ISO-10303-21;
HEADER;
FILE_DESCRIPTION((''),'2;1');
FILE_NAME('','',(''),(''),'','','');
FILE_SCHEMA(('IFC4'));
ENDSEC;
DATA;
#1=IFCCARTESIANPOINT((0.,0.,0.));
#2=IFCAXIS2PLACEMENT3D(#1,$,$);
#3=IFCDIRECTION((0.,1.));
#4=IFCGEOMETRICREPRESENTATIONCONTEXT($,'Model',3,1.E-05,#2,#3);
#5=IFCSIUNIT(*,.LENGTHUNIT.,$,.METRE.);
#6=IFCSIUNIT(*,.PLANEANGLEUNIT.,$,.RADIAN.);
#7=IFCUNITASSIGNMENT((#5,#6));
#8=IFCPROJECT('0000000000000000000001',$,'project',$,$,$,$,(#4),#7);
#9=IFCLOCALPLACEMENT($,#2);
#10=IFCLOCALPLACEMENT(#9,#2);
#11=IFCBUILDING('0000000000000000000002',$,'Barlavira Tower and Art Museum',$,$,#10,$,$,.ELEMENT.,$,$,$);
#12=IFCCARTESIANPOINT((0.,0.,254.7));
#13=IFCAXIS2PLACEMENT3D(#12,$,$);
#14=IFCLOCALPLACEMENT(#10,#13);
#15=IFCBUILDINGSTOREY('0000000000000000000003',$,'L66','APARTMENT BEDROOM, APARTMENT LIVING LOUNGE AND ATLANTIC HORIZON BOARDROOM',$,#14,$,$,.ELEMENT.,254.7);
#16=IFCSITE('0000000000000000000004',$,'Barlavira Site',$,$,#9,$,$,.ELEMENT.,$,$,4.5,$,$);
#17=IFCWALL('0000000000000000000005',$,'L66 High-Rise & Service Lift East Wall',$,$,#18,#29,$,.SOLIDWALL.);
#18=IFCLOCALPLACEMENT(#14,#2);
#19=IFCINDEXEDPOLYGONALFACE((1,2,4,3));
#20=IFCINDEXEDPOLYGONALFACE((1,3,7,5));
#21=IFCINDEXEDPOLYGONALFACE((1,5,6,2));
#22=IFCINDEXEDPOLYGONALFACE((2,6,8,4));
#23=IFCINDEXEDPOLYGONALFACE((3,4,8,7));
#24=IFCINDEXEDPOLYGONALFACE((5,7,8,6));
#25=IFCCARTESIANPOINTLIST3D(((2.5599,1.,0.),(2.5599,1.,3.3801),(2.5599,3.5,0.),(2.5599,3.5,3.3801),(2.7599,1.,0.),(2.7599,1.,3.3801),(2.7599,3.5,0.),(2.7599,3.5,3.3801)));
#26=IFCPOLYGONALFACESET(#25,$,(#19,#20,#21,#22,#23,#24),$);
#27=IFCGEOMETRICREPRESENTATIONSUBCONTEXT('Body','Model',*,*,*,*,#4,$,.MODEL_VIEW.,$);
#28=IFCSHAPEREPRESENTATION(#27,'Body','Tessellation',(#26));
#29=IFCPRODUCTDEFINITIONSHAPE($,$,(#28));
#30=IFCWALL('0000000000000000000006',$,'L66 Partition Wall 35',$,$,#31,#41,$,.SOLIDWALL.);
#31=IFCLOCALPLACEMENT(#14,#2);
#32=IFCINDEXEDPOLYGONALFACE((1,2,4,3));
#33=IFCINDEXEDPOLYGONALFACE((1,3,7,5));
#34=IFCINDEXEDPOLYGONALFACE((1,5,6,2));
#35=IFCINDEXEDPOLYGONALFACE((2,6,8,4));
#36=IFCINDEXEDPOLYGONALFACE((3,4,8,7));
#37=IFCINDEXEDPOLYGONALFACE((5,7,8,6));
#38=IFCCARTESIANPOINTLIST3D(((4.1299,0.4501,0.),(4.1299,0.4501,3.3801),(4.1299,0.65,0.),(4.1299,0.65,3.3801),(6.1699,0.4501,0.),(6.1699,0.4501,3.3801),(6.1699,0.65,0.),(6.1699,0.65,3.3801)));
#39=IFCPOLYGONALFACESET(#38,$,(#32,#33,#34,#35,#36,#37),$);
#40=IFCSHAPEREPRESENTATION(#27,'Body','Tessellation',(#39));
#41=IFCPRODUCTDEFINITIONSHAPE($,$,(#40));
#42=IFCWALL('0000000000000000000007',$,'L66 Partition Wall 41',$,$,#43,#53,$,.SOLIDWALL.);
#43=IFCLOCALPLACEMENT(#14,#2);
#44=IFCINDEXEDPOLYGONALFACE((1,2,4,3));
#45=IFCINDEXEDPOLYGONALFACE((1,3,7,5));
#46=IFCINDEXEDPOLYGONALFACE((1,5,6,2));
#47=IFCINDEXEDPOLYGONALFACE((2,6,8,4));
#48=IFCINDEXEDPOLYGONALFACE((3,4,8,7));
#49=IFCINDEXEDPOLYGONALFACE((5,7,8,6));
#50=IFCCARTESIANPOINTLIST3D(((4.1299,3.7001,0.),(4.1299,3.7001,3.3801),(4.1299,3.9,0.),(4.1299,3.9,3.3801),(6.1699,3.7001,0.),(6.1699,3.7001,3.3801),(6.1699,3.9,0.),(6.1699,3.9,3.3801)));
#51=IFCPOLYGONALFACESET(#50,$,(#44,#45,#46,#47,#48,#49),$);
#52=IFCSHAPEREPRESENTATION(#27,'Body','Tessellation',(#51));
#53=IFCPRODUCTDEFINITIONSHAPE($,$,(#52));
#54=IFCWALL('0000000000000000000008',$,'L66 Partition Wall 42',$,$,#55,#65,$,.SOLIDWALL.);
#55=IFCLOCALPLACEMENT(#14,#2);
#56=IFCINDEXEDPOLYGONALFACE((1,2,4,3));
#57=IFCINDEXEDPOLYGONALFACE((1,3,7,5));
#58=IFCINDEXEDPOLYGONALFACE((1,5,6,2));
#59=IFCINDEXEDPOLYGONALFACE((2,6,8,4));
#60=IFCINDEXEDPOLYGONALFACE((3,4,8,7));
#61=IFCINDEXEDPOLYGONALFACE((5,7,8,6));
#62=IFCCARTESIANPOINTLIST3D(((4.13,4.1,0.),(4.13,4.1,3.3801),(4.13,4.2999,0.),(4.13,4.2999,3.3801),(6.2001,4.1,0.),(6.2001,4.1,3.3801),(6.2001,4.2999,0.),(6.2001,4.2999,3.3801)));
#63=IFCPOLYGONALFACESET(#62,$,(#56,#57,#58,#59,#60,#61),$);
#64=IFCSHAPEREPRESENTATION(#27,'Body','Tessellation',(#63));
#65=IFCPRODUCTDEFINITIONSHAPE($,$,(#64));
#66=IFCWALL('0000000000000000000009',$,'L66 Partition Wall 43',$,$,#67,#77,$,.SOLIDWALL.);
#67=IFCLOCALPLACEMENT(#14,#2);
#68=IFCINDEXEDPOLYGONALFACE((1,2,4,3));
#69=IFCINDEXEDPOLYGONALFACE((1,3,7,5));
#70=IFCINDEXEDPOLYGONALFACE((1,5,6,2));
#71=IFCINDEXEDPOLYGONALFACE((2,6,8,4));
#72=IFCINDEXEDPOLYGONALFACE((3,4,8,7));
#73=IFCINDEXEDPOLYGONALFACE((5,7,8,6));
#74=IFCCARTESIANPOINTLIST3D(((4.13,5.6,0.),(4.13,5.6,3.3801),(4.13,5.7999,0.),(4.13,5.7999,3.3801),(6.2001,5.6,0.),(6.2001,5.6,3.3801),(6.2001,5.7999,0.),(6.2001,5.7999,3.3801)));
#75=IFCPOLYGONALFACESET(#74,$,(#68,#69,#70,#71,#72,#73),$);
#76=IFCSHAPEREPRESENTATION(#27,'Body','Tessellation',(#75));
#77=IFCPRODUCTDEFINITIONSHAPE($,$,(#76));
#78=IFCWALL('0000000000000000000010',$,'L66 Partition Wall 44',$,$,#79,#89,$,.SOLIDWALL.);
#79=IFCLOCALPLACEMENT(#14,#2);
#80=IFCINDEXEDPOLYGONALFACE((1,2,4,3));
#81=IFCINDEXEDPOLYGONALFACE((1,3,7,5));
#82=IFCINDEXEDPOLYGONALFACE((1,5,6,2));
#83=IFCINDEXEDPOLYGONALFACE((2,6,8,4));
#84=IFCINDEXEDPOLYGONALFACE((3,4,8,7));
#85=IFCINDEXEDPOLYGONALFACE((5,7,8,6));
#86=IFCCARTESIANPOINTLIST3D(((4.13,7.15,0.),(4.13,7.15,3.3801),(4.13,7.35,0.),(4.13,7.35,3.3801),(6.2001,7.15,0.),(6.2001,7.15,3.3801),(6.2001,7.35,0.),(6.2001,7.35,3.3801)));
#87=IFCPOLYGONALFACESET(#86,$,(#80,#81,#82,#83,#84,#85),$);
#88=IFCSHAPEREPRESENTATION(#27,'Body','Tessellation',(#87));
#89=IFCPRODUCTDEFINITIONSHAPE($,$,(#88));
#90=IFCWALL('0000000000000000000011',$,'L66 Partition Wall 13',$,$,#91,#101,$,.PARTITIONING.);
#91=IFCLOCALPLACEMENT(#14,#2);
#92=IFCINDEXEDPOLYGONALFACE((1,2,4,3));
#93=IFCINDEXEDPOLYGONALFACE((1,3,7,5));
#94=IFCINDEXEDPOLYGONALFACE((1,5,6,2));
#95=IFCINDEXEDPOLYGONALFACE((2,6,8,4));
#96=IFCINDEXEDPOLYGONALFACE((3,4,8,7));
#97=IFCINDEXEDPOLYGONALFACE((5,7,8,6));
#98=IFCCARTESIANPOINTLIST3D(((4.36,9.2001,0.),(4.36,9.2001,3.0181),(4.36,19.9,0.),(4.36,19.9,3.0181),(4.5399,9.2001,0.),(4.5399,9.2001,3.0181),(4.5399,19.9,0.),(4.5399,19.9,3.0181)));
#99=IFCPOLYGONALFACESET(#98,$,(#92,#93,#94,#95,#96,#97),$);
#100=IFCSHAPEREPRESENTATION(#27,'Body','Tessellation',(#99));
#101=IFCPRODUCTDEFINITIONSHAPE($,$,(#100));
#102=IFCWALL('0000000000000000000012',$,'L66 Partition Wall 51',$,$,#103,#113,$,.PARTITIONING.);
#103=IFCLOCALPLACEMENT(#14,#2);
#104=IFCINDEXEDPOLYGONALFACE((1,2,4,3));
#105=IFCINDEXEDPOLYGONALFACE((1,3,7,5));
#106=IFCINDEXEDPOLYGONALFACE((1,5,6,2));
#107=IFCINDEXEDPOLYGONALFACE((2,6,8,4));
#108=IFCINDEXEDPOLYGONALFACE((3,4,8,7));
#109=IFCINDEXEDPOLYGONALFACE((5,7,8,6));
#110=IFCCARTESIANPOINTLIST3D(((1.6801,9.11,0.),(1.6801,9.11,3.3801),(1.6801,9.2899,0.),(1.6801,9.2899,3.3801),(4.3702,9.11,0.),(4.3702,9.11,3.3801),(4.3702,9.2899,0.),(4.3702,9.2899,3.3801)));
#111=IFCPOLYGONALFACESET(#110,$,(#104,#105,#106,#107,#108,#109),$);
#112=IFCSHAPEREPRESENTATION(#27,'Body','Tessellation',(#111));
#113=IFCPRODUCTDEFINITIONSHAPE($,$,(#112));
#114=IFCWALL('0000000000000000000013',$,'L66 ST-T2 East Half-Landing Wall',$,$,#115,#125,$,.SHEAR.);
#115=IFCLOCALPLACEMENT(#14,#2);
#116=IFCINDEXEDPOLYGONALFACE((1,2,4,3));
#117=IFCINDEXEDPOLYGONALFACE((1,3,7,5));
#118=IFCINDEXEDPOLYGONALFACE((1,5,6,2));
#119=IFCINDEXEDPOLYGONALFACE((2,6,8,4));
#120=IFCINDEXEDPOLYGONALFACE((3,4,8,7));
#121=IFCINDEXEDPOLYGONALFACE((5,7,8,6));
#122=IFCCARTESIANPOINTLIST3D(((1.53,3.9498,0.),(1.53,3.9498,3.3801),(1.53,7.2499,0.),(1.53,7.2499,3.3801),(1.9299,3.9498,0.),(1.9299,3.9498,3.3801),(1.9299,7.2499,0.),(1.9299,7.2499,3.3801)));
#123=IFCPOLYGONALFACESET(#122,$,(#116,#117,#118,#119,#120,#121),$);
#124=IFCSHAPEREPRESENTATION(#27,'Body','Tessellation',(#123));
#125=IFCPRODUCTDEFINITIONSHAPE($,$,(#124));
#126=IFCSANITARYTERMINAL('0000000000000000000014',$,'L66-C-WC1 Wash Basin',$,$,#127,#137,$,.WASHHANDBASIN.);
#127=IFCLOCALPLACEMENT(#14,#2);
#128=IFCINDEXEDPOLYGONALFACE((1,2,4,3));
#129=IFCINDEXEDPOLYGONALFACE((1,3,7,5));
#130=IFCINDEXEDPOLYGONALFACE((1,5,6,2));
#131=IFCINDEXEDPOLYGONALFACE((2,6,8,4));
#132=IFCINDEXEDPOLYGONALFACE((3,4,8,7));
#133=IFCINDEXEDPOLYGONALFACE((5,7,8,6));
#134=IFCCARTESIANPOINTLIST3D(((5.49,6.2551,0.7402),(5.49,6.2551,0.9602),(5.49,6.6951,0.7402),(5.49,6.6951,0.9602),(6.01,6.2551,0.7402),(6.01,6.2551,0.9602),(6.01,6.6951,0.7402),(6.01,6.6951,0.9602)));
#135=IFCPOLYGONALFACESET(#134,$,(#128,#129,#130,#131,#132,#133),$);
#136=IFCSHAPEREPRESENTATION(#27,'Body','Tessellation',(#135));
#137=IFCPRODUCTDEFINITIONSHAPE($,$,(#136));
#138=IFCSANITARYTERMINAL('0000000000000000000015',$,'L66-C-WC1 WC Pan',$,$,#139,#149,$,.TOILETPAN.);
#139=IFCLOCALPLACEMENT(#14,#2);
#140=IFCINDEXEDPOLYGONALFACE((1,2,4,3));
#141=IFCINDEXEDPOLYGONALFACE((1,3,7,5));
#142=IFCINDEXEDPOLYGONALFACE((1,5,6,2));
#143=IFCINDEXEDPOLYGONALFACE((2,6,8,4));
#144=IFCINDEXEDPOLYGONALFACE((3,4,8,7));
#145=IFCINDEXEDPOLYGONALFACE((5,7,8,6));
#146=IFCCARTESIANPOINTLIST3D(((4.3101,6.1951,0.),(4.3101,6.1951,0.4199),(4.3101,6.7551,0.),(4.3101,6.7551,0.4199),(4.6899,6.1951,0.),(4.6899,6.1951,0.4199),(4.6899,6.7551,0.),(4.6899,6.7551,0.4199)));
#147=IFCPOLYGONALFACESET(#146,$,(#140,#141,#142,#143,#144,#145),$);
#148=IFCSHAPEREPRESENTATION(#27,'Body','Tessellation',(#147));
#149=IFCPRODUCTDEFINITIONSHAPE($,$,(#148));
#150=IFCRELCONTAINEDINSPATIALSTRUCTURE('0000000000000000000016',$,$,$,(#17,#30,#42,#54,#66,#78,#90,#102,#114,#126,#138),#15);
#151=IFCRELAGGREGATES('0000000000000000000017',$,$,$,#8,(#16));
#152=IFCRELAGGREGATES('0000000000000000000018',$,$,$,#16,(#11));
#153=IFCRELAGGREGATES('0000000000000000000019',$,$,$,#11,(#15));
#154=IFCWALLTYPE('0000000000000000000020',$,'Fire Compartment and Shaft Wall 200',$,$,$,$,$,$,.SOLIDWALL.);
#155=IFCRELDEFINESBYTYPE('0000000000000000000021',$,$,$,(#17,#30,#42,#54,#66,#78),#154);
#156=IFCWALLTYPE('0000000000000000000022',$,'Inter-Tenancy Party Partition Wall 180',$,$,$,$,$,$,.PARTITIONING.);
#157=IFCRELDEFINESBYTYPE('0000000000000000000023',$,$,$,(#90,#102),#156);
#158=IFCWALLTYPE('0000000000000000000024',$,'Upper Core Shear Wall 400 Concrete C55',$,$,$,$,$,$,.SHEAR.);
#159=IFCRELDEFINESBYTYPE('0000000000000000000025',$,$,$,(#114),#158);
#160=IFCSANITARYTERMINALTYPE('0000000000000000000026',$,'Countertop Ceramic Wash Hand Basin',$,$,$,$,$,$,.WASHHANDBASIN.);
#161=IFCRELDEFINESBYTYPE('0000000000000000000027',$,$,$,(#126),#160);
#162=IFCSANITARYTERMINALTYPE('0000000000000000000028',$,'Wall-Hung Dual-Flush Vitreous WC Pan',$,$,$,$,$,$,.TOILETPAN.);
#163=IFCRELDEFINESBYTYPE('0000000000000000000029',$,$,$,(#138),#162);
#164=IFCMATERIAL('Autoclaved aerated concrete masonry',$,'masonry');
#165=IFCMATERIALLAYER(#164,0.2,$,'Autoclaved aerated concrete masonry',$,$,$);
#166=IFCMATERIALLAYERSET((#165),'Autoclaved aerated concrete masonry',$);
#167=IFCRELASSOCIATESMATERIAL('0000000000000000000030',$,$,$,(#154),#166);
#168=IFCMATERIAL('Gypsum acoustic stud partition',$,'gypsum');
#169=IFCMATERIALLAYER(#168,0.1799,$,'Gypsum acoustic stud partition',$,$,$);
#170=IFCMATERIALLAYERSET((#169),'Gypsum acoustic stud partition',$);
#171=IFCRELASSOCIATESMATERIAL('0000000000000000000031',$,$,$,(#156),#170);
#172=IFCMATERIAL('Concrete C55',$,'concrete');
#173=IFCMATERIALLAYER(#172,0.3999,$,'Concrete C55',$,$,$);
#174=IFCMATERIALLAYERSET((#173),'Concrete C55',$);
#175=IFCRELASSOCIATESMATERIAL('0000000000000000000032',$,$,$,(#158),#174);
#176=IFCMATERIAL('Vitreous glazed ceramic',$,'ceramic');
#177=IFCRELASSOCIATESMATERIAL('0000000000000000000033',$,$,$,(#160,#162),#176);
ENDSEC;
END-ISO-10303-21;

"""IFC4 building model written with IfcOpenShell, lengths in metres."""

from ifc_helpers import new_model, si_unit, direction, frame, frame_2d, origin, origin_2d, place, context, subcontext, project, spatial, rectangle, extrude, material, layer, layer_set, type_object, element, save


model = new_model("IFC4")

# Units and contexts
model_context = context("Model", 3, precision=1e-05, world=origin(), true_north=direction((0.0, 1.0)))
body_context = subcontext(model_context, "Body", "Model", "MODEL_VIEW")
ifc_project = project(units=[si_unit("LENGTHUNIT", "METRE"), si_unit("PLANEANGLEUNIT", "RADIAN")], contexts=[model_context])

# Site, building, storey
site_placement = place(None, origin())
site = spatial("IfcSite", under=ifc_project, at=site_placement, Name="Barlavira Site", CompositionType="ELEMENT", RefElevation=4.5)
building_placement = place(site_placement, origin())
building = spatial("IfcBuilding", under=site, at=building_placement, Name="Barlavira Tower and Art Museum", CompositionType="ELEMENT")
storey_placement = place(building_placement, frame((0.0, 0.0, 254.7)))
storey = spatial("IfcBuildingStorey", under=building, at=storey_placement, Name="L66", Description="APARTMENT BEDROOM, APARTMENT LIVING LOUNGE AND ATLANTIC HORIZON BOARDROOM", CompositionType="ELEMENT", Elevation=254.7)

# Shared definitions
ifc_material_1 = material(Name="Gypsum acoustic stud partition", Category="gypsum")

# Wall
ifc_material_2 = material(Name="Autoclaved aerated concrete masonry", Category="masonry")
ifc_layer_1 = layer(ifc_material_2, 0.2, Name="Autoclaved aerated concrete masonry")
ifc_layer_set_1 = layer_set([ifc_layer_1], Name="Autoclaved aerated concrete masonry")
wall_type_1 = type_object("IfcWallType", Name="Fire Compartment and Shaft Wall 200", PredefinedType="SOLIDWALL", material=ifc_layer_set_1)
wall_1_placement = place(storey_placement, frame((2.6599, 1.0, 0.0), z_axis=(0.0, 0.0, 1.0), x_axis=(0.0, 1.0, 0.0)))
element("IfcWall", 1, at=wall_1_placement, inside=storey, type_object=wall_type_1, Name="L66 High-Rise & Service Lift East Wall", PredefinedType="SOLIDWALL", context=body_context, shape_type="SweptSolid", body=[
    extrude(rectangle(XDim=2.5, YDim=0.2, at=frame_2d((1.25, 0.0))), origin(), (0.0, 0.0, 1.0), 3.3801),
])

# Walls
for number, where, z_axis, x_axis, name in (
    (2, (4.1299, 0.55, 0.0), (0.0, 0.0, 1.0), (1.0, 0.0, 0.0), "L66 Partition Wall 35"),
    (3, (4.1299, 3.8, 0.0), (0.0, 0.0, 1.0), (1.0, 0.0, 0.0), "L66 Partition Wall 41"),
):
    element("IfcWall", number, at=place(storey_placement, frame(where, z_axis=z_axis, x_axis=x_axis)), inside=storey, type_object=wall_type_1, Name=name, PredefinedType="SOLIDWALL", context=body_context, shape_type="SweptSolid", body=[
        extrude(rectangle(XDim=2.04, YDim=0.2, at=frame_2d((1.02, 0.0))), origin(), (0.0, 0.0, 1.0), 3.3801),
    ])
for number, where, z_axis, x_axis, name in (
    (4, (4.1299, 4.2, 0.0), (0.0, 0.0, 1.0), (1.0, 0.0, 0.0), "L66 Partition Wall 42"),
    (5, (4.1299, 5.7, 0.0), (0.0, 0.0, 1.0), (1.0, 0.0, 0.0), "L66 Partition Wall 43"),
    (6, (4.1299, 7.25, 0.0), (0.0, 0.0, 1.0), (1.0, 0.0, 0.0), "L66 Partition Wall 44"),
):
    element("IfcWall", number, at=place(storey_placement, frame(where, z_axis=z_axis, x_axis=x_axis)), inside=storey, type_object=wall_type_1, Name=name, PredefinedType="SOLIDWALL", context=body_context, shape_type="SweptSolid", body=[
        extrude(rectangle(XDim=2.0701, YDim=0.2, at=frame_2d((1.0352, 0.0))), origin(), (0.0, 0.0, 1.0), 3.3801),
    ])
ifc_layer_2 = layer(ifc_material_1, 0.1799, Name="Gypsum acoustic stud partition")
ifc_layer_set_2 = layer_set([ifc_layer_2], Name="Gypsum acoustic stud partition")
wall_type_2 = type_object("IfcWallType", Name="Inter-Tenancy Party Partition Wall 180", PredefinedType="PARTITIONING", material=ifc_layer_set_2)
wall_2_placement = place(storey_placement, frame((4.45, 9.2, 0.0), z_axis=(0.0, 0.0, 1.0), x_axis=(0.0, 1.0, 0.0)))
element("IfcWall", 7, at=wall_2_placement, inside=storey, type_object=wall_type_2, Name="L66 Partition Wall 13", PredefinedType="PARTITIONING", context=body_context, shape_type="SweptSolid", body=[
    extrude(rectangle(XDim=10.7, YDim=0.1799, at=frame_2d((5.3501, 0.0))), origin(), (0.0, 0.0, 1.0), 3.0181),
])
wall_3_placement = place(storey_placement, frame((1.6799, 9.2, 0.0), z_axis=(0.0, 0.0, 1.0), x_axis=(1.0, 0.0, 0.0)))
element("IfcWall", 8, at=wall_3_placement, inside=storey, type_object=wall_type_2, Name="L66 Partition Wall 51", PredefinedType="PARTITIONING", context=body_context, shape_type="SweptSolid", body=[
    extrude(rectangle(XDim=2.6902, YDim=0.1799, at=frame_2d((1.3452, 0.0))), origin(), (0.0, 0.0, 1.0), 3.3801),
])

# Wall
ifc_material_3 = material(Name="Concrete C55", Category="concrete")
ifc_layer_3 = layer(ifc_material_3, 0.3999, Name="Concrete C55")
ifc_layer_set_3 = layer_set([ifc_layer_3], Name="Concrete C55")
wall_type_3 = type_object("IfcWallType", Name="Upper Core Shear Wall 400 Concrete C55", PredefinedType="SHEAR", material=ifc_layer_set_3)
wall_4_placement = place(storey_placement, frame((1.73, 3.95, 0.0), z_axis=(0.0, 0.0, 1.0), x_axis=(0.0, 1.0, 0.0)))
element("IfcWall", 9, at=wall_4_placement, inside=storey, type_object=wall_type_3, Name="L66 ST-T2 East Half-Landing Wall", PredefinedType="SHEAR", context=body_context, shape_type="SweptSolid", body=[
    extrude(rectangle(XDim=3.3, YDim=0.3999, at=frame_2d((1.6499, 0.0))), origin(), (0.0, 0.0, 1.0), 3.3801),
])

# Sanitary terminals
ifc_material_4 = material(Name="Vitreous glazed ceramic", Category="ceramic")
sanitary_terminal_type_1 = type_object("IfcSanitaryTerminalType", Name="Countertop Ceramic Wash Hand Basin", PredefinedType="WASHHANDBASIN", material=ifc_material_4)
sanitary_terminal_1_placement = place(storey_placement, frame((5.75, 6.4751, 0.7402), z_axis=(0.0, 0.0, 1.0), x_axis=(1.0, 0.0, 0.0)))
element("IfcSanitaryTerminal", 10, at=sanitary_terminal_1_placement, inside=storey, type_object=sanitary_terminal_type_1, Name="L66-C-WC1 Wash Basin", PredefinedType="WASHHANDBASIN", context=body_context, shape_type="SweptSolid", body=[
    extrude(rectangle(XDim=0.52, YDim=0.4399, at=origin_2d()), origin(), (0.0, 0.0, 1.0), 0.22),
])
sanitary_terminal_type_2 = type_object("IfcSanitaryTerminalType", Name="Wall-Hung Dual-Flush Vitreous WC Pan", PredefinedType="TOILETPAN", material=ifc_material_4)
sanitary_terminal_2_placement = place(storey_placement, frame((4.5, 6.4751, 0.0), z_axis=(0.0, 0.0, 1.0), x_axis=(1.0, 0.0, 0.0)))
element("IfcSanitaryTerminal", 11, at=sanitary_terminal_2_placement, inside=storey, type_object=sanitary_terminal_type_2, Name="L66-C-WC1 WC Pan", PredefinedType="TOILETPAN", context=body_context, shape_type="SweptSolid", body=[
    extrude(rectangle(XDim=0.3799, YDim=0.5601, at=origin_2d()), origin(), (0.0, 0.0, 1.0), 0.4199),
])

save(model, "model.ifc")
